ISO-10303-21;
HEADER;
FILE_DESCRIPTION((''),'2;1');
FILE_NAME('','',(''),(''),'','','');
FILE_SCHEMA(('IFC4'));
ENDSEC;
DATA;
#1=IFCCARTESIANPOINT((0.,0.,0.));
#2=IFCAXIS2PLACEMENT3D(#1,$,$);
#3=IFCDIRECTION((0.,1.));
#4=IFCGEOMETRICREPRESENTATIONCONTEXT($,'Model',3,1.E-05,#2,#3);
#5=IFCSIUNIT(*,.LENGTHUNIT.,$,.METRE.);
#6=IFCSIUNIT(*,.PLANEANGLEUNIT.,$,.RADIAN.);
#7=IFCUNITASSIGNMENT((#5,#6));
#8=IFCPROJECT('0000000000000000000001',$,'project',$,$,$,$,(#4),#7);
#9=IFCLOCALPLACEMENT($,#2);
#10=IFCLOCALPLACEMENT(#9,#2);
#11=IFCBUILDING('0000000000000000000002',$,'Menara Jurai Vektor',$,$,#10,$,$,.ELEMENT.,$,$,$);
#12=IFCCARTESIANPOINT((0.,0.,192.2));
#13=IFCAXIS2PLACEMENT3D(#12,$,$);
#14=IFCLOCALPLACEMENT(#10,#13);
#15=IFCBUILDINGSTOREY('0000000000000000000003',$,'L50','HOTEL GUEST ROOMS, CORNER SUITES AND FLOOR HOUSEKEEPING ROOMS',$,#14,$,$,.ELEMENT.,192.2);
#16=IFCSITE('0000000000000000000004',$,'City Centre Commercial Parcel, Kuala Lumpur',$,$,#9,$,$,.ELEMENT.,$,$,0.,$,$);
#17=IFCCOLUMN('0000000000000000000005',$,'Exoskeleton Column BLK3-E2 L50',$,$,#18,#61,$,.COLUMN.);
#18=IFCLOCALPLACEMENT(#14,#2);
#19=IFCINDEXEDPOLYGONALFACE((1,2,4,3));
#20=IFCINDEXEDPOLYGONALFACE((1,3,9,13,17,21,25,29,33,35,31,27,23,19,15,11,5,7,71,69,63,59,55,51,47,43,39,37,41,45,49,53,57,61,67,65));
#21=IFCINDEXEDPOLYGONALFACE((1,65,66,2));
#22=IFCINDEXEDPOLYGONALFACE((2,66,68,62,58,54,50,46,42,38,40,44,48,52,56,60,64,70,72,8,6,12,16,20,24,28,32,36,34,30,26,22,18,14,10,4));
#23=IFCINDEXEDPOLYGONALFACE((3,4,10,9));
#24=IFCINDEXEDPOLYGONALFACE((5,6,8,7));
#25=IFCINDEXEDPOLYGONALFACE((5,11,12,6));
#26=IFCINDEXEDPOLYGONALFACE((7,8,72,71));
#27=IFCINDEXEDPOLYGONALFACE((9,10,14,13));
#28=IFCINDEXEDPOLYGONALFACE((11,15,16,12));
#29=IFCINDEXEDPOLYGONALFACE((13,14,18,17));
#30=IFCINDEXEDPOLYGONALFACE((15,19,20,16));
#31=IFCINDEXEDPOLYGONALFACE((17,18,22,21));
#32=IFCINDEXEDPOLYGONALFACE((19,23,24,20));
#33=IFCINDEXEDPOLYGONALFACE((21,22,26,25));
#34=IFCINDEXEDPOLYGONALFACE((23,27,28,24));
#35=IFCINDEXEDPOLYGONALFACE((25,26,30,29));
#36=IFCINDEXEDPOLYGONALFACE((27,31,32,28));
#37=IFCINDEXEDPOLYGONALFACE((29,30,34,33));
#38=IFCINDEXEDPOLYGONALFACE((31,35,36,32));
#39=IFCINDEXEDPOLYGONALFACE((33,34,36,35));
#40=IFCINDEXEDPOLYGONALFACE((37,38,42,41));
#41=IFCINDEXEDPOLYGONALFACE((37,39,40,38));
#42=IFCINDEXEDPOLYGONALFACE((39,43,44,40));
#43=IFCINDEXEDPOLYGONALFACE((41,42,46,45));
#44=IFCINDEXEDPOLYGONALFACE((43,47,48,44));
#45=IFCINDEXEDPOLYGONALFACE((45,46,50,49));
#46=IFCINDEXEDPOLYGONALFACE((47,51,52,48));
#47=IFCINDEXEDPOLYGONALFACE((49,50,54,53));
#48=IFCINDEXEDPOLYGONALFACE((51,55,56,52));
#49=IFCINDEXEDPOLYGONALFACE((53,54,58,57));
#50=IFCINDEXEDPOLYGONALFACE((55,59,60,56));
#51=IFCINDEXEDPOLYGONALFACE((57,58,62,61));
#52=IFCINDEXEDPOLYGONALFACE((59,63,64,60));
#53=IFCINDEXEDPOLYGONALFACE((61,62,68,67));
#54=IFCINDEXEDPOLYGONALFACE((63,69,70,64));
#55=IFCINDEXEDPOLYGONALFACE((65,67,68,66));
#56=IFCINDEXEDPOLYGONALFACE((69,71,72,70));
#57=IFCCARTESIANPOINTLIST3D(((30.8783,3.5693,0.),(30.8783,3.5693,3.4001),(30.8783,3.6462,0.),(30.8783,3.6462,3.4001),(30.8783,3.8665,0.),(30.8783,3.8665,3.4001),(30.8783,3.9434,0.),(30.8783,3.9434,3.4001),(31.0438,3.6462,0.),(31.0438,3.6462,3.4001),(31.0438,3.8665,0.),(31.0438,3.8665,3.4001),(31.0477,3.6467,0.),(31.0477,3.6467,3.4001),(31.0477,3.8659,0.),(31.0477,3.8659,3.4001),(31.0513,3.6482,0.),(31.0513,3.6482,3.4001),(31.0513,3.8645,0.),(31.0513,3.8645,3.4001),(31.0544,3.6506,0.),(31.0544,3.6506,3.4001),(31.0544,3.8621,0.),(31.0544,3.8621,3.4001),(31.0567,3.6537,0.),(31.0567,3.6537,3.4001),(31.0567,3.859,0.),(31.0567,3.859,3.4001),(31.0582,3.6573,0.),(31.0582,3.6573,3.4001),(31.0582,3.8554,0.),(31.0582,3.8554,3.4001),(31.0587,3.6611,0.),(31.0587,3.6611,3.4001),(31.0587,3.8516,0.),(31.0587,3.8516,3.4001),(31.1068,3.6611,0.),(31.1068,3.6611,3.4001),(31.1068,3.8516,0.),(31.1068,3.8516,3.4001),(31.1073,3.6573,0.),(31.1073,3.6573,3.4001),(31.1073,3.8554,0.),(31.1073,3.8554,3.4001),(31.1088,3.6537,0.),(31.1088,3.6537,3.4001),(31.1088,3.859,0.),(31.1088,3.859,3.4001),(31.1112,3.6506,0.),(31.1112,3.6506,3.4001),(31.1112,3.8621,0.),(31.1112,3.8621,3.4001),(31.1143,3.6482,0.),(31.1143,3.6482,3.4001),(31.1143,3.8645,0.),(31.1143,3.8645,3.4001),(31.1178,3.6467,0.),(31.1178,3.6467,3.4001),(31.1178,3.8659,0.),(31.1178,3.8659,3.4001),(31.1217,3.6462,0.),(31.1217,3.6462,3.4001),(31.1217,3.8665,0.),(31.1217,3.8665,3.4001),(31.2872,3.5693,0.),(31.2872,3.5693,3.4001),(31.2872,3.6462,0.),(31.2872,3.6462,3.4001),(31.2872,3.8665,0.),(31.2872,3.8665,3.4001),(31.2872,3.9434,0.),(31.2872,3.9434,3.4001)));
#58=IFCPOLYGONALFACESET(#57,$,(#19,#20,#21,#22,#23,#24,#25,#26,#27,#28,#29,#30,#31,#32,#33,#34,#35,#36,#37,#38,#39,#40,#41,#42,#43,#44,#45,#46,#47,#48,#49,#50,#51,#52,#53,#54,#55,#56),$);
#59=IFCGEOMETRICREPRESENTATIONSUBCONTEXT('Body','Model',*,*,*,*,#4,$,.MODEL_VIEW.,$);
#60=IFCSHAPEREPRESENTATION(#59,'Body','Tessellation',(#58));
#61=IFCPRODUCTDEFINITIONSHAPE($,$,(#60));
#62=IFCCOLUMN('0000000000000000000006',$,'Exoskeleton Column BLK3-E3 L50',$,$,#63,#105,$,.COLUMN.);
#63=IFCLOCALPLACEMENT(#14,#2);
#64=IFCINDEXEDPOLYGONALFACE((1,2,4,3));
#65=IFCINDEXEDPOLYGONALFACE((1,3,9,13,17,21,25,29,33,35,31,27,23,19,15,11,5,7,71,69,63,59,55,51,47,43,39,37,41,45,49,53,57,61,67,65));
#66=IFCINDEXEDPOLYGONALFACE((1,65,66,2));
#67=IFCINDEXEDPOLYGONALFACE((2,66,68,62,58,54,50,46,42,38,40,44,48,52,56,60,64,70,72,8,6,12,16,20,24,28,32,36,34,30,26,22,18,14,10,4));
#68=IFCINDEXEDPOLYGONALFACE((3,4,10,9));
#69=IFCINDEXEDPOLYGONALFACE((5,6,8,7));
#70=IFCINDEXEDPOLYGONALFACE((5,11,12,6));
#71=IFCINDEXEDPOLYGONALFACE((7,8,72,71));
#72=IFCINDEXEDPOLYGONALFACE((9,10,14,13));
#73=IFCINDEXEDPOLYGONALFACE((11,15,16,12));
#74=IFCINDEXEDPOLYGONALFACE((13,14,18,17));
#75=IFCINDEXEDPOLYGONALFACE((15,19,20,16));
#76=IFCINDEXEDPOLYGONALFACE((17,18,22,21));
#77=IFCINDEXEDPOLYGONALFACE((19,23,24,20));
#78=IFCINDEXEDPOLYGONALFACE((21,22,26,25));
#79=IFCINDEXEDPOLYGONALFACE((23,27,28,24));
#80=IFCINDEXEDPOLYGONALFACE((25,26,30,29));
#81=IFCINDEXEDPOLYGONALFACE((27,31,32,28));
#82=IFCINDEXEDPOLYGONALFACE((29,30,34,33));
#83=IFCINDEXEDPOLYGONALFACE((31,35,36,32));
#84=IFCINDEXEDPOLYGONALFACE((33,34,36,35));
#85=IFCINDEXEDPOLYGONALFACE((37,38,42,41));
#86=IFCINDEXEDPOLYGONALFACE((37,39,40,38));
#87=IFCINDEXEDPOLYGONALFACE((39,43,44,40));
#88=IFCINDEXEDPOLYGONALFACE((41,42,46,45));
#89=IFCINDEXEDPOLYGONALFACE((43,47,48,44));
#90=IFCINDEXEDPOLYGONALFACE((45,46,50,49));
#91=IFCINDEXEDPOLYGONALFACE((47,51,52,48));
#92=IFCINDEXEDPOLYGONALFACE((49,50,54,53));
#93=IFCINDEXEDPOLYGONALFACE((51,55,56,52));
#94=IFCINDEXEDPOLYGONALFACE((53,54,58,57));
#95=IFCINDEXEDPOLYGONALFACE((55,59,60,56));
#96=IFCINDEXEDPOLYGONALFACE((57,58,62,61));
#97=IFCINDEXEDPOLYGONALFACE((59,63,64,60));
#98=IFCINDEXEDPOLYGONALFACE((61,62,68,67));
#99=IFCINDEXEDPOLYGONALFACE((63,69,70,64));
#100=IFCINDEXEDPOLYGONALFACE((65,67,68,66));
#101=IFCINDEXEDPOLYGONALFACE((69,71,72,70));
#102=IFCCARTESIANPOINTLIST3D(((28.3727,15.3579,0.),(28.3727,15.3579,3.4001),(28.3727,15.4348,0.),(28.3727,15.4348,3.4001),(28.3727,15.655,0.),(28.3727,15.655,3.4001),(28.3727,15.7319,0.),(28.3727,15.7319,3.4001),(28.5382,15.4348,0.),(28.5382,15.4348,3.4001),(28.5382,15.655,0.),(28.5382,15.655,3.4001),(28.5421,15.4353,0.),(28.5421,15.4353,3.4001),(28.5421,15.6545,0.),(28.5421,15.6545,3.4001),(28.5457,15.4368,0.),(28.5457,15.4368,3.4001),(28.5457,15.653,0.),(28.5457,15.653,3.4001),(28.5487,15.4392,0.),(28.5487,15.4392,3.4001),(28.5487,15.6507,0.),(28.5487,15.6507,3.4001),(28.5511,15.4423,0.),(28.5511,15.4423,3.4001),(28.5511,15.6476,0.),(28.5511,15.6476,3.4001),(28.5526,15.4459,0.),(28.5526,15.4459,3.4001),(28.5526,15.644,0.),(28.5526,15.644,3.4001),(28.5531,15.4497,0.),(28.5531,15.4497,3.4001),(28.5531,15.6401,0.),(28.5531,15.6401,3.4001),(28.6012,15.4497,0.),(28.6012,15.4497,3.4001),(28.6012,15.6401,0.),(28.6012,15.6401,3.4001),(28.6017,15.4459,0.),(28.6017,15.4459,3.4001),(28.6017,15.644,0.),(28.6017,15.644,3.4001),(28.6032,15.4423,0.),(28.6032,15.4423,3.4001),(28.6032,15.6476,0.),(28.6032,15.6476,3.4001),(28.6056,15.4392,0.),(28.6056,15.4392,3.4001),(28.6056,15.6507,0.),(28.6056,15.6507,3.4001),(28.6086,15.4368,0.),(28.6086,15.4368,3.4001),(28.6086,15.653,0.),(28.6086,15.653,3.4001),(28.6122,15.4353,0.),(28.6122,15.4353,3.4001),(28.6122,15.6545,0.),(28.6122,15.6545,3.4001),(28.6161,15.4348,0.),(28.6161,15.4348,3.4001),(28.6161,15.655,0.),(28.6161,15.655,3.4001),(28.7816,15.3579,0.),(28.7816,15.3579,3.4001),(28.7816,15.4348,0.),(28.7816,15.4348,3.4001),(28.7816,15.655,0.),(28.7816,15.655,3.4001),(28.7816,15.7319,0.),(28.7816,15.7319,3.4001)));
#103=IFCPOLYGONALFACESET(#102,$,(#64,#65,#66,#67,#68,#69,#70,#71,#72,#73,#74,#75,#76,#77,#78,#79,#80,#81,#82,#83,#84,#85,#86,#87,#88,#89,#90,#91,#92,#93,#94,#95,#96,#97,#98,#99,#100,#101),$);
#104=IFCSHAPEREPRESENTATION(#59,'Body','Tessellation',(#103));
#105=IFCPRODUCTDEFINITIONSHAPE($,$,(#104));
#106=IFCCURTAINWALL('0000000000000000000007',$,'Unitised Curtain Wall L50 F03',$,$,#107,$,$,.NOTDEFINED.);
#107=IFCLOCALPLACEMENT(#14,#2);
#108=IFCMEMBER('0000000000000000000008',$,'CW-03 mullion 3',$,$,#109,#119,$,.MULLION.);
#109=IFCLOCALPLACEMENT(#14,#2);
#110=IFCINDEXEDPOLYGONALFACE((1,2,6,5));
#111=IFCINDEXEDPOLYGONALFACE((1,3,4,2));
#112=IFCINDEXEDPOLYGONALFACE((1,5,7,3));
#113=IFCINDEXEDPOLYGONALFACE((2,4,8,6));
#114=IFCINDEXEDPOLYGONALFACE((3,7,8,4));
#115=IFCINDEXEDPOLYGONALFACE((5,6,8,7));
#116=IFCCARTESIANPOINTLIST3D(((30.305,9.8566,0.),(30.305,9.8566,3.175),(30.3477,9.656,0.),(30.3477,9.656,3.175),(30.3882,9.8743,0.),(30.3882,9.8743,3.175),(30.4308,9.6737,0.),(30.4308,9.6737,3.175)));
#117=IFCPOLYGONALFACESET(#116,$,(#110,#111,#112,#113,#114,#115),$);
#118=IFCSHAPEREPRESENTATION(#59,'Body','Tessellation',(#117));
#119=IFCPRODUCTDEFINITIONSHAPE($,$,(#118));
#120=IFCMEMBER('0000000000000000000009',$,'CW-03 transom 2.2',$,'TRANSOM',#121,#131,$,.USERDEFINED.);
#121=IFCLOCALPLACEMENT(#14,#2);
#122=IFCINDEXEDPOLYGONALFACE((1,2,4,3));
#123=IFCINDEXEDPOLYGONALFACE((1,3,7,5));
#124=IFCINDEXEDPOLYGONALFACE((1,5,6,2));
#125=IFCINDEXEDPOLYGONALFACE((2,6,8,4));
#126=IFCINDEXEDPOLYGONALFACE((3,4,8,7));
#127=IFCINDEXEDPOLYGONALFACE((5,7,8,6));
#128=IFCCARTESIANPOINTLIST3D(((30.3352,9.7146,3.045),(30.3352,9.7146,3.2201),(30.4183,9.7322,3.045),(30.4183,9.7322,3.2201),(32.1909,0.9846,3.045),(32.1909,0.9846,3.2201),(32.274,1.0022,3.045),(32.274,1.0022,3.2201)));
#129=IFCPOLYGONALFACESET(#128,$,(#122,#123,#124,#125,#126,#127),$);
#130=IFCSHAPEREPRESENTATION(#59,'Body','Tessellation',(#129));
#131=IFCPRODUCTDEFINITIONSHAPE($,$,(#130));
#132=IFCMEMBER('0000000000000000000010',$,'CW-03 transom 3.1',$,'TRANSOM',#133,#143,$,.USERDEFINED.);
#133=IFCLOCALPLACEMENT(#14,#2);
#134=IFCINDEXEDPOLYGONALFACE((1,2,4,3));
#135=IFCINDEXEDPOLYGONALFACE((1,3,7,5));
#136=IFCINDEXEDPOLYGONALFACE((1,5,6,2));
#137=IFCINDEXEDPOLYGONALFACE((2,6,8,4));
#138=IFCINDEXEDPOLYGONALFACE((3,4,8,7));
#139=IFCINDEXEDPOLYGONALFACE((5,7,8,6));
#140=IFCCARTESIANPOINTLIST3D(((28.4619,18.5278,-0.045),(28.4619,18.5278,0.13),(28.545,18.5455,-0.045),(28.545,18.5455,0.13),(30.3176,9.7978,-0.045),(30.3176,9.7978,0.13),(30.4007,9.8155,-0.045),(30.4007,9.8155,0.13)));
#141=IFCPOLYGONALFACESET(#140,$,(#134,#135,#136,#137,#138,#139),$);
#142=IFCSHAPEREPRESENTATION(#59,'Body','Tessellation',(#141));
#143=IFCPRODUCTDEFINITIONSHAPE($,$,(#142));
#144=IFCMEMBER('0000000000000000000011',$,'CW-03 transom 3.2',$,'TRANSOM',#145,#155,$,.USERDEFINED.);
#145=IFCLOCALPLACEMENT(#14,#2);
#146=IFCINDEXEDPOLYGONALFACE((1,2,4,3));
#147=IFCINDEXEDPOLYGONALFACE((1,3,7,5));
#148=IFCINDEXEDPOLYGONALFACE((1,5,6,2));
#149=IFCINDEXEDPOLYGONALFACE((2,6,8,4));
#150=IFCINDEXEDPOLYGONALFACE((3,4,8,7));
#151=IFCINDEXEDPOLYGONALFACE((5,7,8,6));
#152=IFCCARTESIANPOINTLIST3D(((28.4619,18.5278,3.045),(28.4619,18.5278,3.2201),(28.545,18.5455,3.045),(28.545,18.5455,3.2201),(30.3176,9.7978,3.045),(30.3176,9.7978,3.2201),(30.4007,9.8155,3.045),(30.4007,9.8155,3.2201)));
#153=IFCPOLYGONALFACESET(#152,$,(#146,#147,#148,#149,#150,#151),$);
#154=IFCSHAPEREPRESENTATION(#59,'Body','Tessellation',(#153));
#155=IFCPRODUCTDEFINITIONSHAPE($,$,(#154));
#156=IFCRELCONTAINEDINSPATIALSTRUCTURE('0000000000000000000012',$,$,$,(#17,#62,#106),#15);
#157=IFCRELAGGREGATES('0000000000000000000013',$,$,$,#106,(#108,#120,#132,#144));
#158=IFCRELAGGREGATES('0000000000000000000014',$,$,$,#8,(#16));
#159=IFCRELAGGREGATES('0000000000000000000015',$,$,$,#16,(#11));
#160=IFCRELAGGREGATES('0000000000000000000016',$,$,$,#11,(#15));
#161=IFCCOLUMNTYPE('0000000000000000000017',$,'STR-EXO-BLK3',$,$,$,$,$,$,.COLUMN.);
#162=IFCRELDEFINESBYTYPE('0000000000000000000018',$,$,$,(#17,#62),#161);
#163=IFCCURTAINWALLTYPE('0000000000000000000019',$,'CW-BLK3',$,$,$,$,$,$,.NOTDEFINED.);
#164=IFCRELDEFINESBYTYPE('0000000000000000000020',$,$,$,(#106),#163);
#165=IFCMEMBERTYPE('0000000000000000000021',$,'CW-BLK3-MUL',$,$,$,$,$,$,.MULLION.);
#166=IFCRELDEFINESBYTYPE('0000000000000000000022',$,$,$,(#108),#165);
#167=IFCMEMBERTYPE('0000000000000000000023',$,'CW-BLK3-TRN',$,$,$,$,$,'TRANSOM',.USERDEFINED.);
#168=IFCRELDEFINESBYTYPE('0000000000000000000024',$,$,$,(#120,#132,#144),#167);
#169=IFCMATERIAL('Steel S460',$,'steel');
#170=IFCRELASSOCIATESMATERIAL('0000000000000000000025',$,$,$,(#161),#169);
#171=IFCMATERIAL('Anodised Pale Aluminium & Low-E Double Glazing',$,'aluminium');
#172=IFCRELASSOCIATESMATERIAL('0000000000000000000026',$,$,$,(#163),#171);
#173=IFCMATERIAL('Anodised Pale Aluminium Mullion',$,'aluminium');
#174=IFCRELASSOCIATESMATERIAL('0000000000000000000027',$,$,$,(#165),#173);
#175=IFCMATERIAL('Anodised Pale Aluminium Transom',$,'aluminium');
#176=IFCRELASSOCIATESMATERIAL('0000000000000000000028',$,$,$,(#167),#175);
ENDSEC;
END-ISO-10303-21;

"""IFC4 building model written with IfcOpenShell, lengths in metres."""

from ifc_helpers import new_model, si_unit, direction, frame, origin, origin_2d, place, context, subcontext, project, spatial, rectangle, i_section, extrude, material, material_profile, profile_set, type_object, element, aggregate, save


model = new_model("IFC4")

# Units and contexts
model_context = context("Model", 3, precision=1e-05, world=origin(), true_north=direction((0.0, 1.0)))
body_context = subcontext(model_context, "Body", "Model", "MODEL_VIEW")
ifc_project = project(units=[si_unit("LENGTHUNIT", "METRE"), si_unit("PLANEANGLEUNIT", "RADIAN")], contexts=[model_context])

# Site, building, storey
site_placement = place(None, origin())
site = spatial("IfcSite", under=ifc_project, at=site_placement, Name="City Centre Commercial Parcel, Kuala Lumpur", CompositionType="ELEMENT", RefElevation=0.0)
building_placement = place(site_placement, origin())
building = spatial("IfcBuilding", under=site, at=building_placement, Name="Menara Jurai Vektor", CompositionType="ELEMENT")
storey_placement = place(building_placement, frame((0.0, 0.0, 192.2)))
storey = spatial("IfcBuildingStorey", under=building, at=storey_placement, Name="L50", Description="HOTEL GUEST ROOMS, CORNER SUITES AND FLOOR HOUSEKEEPING ROOMS", CompositionType="ELEMENT", Elevation=192.2)

# Columns
ifc_material_1 = material(Name="Steel S460", Category="steel")
ifc_material_profile_1 = material_profile(ifc_material_1, i_section(OverallWidth=0.4089, OverallDepth=0.374, WebThickness=0.0481, FlangeThickness=0.0769, FilletRadius=0.0149, at=origin_2d()), Name="HD 400x634")
ifc_profile_set_1 = profile_set([ifc_material_profile_1], Name="Steel S460")
column_type = type_object("IfcColumnType", Name="STR-EXO-BLK3", PredefinedType="COLUMN", material=ifc_profile_set_1)
for number, where, z_axis, x_axis, name in (
    (1, (31.0828, 3.7563, 0.0), (0.0, 0.0, 1.0), (1.0, 0.0, 0.0), "Exoskeleton Column BLK3-E2 L50"),
    (2, (28.5771, 15.5449, 0.0), (0.0, 0.0, 1.0), (1.0, 0.0, 0.0), "Exoskeleton Column BLK3-E3 L50"),
):
    element("IfcColumn", number, at=place(storey_placement, frame(where, z_axis=z_axis, x_axis=x_axis)), inside=storey, type_object=column_type, Name=name, PredefinedType="COLUMN", context=body_context, shape_type="SweptSolid", body=[
        extrude(i_section(OverallWidth=0.4089, OverallDepth=0.374, WebThickness=0.0481, FlangeThickness=0.0769, FilletRadius=0.0149, at=origin_2d()), origin(), (0.0, 0.0, 1.0), 3.4001),
    ])

# Curtain wall, members
ifc_material_2 = material(Name="Anodised Pale Aluminium & Low-E Double Glazing", Category="aluminium")
curtain_wall_type = type_object("IfcCurtainWallType", Name="CW-BLK3", PredefinedType="NOTDEFINED", material=ifc_material_2)
curtain_wall_placement = place(storey_placement, origin())
curtain_wall = element("IfcCurtainWall", 3, at=curtain_wall_placement, inside=storey, type_object=curtain_wall_type, Name="Unitised Curtain Wall L50 F03", PredefinedType="NOTDEFINED")
ifc_material_3 = material(Name="Anodised Pale Aluminium Mullion", Category="aluminium")
ifc_material_profile_2 = material_profile(ifc_material_3, rectangle(XDim=0.085, YDim=0.2051, at=origin_2d()), Name="ALU MUL 85x205")
ifc_profile_set_2 = profile_set([ifc_material_profile_2], Name="Anodised Pale Aluminium Mullion")
member_type_1 = type_object("IfcMemberType", Name="CW-BLK3-MUL", PredefinedType="MULLION", material=ifc_profile_set_2)
member_1_placement = place(storey_placement, frame((30.3679, 9.7651, 0.0), z_axis=(0.0, 0.0, 1.0), x_axis=(-0.978148, -0.20791, 0.0)))
member_1 = element("IfcMember", 4, at=member_1_placement, type_object=member_type_1, Name="CW-03 mullion 3", PredefinedType="MULLION", context=body_context, shape_type="SweptSolid", body=[
    extrude(rectangle(XDim=0.085, YDim=0.2051, at=origin_2d()), origin(), (0.0, 0.0, 1.0), 3.175),
])
ifc_material_4 = material(Name="Anodised Pale Aluminium Transom", Category="aluminium")
ifc_material_profile_3 = material_profile(ifc_material_4, rectangle(XDim=0.085, YDim=0.175, at=origin_2d()), Name="ALU TRN 85x175")
ifc_profile_set_3 = profile_set([ifc_material_profile_3], Name="Anodised Pale Aluminium Transom")
member_type_2 = type_object("IfcMemberType", Name="CW-BLK3-TRN", ElementType="TRANSOM", PredefinedType="USERDEFINED", material=ifc_profile_set_3)
member_2_placement = place(storey_placement, frame((32.2324, 0.9934, 3.1326), z_axis=(-0.207922, 0.978145, 0.0), x_axis=(-0.978145, -0.207922, 0.0)))
member_2 = element("IfcMember", 5, at=member_2_placement, type_object=member_type_2, Name="CW-03 transom 2.2", ObjectType="TRANSOM", PredefinedType="USERDEFINED", context=body_context, shape_type="SweptSolid", body=[
    extrude(rectangle(XDim=0.085, YDim=0.175, at=origin_2d()), origin(), (0.0, 0.0, 1.0), 8.925),
])
member_3_placement = place(storey_placement, frame((30.3591, 9.8066, 0.0425), z_axis=(-0.207922, 0.978145, 0.0), x_axis=(-0.978145, -0.207922, 0.0)))
member_3 = element("IfcMember", 6, at=member_3_placement, type_object=member_type_2, Name="CW-03 transom 3.1", ObjectType="TRANSOM", PredefinedType="USERDEFINED", context=body_context, shape_type="SweptSolid", body=[
    extrude(rectangle(XDim=0.085, YDim=0.175, at=origin_2d()), origin(), (0.0, 0.0, 1.0), 8.925),
])
member_4_placement = place(storey_placement, frame((30.3591, 9.8066, 3.1326), z_axis=(-0.207922, 0.978145, 0.0), x_axis=(-0.978145, -0.207922, 0.0)))
member_4 = element("IfcMember", 7, at=member_4_placement, type_object=member_type_2, Name="CW-03 transom 3.2", ObjectType="TRANSOM", PredefinedType="USERDEFINED", context=body_context, shape_type="SweptSolid", body=[
    extrude(rectangle(XDim=0.085, YDim=0.175, at=origin_2d()), origin(), (0.0, 0.0, 1.0), 8.925),
])

aggregate(curtain_wall, [member_1, member_2, member_3, member_4])

save(model, "model.ifc")
